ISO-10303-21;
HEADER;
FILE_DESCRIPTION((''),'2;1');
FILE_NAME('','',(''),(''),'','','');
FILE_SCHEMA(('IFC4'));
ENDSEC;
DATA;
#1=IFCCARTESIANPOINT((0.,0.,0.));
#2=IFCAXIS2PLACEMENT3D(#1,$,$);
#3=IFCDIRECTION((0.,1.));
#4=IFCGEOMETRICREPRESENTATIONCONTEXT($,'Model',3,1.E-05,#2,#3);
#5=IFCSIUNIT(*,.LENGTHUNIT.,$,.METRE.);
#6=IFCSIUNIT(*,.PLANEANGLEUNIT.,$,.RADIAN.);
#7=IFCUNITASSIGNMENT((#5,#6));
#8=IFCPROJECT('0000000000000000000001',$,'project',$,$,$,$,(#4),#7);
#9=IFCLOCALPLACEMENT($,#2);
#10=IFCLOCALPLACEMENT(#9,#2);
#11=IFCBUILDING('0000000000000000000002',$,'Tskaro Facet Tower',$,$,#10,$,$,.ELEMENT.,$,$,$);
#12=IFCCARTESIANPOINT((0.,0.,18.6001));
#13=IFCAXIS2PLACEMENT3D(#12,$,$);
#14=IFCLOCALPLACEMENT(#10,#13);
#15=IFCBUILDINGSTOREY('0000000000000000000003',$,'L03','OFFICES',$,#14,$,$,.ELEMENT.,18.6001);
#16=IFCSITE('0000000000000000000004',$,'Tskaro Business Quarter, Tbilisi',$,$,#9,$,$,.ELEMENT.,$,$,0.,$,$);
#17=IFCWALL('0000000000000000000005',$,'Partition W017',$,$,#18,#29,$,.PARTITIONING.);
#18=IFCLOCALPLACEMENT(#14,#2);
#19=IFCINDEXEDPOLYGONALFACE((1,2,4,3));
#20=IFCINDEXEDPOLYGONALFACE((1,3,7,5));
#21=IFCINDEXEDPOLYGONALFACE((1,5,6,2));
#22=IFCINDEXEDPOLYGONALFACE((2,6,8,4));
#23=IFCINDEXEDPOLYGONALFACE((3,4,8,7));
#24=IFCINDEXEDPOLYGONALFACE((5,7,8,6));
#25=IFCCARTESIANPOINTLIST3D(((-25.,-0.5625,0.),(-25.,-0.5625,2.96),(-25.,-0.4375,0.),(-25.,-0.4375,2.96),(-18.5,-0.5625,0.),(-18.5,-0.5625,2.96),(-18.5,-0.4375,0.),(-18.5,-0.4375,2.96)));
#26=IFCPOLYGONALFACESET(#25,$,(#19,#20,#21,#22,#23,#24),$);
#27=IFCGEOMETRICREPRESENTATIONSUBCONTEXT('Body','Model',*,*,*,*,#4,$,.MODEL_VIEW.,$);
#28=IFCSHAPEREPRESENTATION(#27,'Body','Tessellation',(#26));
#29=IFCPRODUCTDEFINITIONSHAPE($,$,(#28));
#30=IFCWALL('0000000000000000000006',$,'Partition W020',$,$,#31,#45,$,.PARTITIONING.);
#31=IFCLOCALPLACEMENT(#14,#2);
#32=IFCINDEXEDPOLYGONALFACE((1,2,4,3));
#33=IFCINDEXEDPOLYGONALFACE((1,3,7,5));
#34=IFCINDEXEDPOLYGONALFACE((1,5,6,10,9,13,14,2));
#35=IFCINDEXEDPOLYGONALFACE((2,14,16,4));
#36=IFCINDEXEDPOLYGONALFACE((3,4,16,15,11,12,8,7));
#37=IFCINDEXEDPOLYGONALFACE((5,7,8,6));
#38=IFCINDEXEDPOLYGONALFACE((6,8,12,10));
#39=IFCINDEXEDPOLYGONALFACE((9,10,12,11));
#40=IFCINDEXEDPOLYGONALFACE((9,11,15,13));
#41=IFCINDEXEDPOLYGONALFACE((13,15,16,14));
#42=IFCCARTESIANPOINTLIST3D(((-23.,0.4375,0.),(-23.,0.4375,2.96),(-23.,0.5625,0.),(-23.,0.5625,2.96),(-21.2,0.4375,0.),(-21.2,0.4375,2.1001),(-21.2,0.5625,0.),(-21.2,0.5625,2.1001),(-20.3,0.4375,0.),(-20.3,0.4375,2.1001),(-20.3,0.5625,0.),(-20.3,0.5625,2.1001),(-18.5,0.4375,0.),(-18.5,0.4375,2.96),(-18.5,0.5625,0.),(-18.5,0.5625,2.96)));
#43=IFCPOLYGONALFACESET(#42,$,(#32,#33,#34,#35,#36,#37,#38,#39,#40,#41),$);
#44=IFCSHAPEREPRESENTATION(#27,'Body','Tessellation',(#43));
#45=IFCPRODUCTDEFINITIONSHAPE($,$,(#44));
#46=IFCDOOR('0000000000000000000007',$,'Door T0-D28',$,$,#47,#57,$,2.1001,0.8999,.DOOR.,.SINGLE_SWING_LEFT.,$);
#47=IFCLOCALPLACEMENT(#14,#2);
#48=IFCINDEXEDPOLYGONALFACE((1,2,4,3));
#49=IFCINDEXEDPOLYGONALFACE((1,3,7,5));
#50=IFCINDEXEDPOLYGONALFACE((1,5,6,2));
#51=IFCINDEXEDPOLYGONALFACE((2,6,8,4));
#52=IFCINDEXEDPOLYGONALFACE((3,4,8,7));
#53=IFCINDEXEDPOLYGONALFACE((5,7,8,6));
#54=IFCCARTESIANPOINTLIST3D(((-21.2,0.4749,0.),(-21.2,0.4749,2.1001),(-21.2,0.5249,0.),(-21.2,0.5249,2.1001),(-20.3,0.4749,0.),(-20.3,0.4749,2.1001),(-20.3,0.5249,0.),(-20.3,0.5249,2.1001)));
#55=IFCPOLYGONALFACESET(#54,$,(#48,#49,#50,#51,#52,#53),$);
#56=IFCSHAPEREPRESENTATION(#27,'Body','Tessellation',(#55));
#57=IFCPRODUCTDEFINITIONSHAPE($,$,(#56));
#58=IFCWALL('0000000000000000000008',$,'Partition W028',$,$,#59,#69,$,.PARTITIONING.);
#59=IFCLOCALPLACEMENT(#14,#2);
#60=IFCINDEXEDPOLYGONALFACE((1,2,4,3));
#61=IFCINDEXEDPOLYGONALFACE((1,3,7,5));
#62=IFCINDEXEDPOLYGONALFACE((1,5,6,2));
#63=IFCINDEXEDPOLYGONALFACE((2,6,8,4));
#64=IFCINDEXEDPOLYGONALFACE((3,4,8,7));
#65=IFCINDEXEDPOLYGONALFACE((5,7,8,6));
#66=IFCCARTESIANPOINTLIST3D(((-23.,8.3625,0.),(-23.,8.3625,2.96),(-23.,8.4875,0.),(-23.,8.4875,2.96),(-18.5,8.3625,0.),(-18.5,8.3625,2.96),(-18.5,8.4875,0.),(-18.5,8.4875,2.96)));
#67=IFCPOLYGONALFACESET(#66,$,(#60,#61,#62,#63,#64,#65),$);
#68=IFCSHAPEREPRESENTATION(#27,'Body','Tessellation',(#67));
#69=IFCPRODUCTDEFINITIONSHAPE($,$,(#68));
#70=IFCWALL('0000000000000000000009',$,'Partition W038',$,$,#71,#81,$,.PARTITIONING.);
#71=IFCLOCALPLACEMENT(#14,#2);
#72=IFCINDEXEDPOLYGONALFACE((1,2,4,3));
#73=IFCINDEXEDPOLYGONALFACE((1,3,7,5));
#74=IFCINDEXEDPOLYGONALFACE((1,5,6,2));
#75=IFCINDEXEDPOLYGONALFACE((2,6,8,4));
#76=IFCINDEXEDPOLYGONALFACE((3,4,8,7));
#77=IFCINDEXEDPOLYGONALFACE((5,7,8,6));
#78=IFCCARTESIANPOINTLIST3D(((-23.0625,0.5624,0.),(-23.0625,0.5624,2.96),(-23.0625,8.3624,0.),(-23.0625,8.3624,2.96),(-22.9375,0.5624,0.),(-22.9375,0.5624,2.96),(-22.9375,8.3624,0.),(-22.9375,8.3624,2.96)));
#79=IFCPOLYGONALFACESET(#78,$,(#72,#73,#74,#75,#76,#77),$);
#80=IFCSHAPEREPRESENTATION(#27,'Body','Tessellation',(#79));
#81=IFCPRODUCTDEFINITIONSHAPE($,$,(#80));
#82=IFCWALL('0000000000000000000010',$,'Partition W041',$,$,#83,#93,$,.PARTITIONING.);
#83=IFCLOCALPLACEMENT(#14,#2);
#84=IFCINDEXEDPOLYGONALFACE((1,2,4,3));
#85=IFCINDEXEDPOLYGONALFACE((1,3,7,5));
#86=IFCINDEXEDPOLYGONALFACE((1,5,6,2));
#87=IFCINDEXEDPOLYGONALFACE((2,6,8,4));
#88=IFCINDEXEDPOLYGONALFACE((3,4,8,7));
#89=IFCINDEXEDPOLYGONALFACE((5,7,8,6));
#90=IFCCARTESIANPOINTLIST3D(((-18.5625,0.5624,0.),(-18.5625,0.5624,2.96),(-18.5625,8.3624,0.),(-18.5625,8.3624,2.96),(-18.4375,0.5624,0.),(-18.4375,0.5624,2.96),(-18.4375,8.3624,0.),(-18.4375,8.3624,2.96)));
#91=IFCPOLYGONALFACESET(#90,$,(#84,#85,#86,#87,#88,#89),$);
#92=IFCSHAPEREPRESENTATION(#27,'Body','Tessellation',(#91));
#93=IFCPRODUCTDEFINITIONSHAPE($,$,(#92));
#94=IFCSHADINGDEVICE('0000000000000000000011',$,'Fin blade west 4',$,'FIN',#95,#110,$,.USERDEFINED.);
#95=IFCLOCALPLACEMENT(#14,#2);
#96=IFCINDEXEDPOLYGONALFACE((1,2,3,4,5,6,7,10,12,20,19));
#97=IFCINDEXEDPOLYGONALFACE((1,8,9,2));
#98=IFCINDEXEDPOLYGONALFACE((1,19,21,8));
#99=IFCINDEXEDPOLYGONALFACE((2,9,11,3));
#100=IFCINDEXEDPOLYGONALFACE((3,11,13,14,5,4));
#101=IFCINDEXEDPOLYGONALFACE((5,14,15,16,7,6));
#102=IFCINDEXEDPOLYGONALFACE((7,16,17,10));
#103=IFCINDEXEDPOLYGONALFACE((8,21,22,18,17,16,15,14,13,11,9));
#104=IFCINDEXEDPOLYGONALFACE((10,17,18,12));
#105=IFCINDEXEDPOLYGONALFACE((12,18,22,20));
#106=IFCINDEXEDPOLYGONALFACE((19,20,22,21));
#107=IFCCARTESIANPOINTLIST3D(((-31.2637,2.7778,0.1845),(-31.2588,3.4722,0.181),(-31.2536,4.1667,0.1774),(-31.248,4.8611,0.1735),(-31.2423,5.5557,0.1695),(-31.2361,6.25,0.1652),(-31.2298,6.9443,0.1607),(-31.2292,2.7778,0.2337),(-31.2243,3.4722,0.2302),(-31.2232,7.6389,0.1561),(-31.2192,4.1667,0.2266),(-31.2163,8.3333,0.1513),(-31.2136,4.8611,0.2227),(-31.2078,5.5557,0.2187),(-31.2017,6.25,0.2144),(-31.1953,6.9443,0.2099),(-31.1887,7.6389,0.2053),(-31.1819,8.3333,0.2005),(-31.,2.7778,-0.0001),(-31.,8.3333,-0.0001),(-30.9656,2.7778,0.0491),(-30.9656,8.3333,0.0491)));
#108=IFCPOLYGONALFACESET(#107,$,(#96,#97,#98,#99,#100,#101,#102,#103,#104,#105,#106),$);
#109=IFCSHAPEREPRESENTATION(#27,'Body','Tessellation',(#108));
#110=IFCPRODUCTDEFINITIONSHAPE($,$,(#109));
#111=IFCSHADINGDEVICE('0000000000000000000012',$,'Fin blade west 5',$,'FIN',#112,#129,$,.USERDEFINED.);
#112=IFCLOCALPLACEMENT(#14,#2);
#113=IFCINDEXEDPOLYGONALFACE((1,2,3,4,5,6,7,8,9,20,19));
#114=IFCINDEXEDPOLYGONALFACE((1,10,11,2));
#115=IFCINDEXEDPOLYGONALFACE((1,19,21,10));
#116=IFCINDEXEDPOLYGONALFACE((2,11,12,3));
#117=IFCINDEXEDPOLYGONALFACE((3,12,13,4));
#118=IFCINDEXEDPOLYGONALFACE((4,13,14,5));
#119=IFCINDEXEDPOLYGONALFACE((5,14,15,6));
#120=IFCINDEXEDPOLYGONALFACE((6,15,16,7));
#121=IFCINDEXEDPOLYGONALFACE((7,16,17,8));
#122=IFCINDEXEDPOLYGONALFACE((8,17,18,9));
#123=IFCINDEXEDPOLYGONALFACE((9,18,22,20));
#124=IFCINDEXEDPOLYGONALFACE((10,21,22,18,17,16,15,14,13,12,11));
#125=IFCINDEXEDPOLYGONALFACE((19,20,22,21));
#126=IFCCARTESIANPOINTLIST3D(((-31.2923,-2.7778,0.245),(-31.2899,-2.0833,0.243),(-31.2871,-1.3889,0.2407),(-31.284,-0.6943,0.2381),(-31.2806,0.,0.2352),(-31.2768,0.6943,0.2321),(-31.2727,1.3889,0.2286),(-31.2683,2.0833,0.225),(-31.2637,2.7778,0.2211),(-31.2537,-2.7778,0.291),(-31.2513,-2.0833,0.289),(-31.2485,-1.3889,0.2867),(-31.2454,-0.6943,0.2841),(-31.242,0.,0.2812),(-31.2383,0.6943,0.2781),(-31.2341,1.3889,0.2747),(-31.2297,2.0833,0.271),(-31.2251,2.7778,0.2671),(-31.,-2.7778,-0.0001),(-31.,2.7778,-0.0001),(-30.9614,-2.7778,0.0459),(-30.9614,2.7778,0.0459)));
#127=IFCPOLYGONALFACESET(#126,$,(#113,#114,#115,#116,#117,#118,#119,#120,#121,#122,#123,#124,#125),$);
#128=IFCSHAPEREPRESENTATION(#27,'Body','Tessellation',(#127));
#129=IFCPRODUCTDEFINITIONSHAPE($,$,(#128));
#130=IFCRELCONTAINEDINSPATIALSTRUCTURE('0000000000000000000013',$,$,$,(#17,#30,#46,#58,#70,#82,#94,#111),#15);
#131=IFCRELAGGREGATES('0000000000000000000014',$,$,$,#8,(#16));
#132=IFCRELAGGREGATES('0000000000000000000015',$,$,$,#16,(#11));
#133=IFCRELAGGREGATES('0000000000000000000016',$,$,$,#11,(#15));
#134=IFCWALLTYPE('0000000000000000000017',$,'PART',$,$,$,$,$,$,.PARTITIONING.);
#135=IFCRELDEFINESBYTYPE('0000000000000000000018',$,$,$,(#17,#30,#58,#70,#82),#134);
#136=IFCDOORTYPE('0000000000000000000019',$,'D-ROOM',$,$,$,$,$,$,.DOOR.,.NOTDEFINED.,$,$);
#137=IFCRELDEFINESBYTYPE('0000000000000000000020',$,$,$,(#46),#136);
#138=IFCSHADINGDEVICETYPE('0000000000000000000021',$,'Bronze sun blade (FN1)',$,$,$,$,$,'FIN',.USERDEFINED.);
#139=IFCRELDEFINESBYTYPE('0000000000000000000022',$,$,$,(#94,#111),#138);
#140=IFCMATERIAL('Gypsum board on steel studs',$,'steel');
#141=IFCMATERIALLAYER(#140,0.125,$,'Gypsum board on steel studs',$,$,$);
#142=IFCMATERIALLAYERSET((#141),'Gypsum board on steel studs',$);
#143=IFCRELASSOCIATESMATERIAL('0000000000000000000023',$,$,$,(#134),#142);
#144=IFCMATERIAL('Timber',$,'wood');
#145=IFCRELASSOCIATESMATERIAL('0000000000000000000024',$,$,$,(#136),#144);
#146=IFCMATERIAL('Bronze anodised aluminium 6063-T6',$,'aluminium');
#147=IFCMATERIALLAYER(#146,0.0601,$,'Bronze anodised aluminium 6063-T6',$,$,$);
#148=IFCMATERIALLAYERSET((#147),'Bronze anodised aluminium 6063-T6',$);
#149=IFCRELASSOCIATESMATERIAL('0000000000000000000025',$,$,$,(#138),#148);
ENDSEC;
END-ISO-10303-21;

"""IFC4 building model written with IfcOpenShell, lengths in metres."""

from ifc_helpers import new_model, si_unit, direction, frame, frame_2d, origin, place, context, subcontext, project, spatial, polyline, rectangle, outline, extrude, material, layer, layer_set, type_object, element, fill, save


model = new_model("IFC4")

# Units and contexts
model_context = context("Model", 3, precision=1e-05, world=origin(), true_north=direction((0.0, 1.0)))
body_context = subcontext(model_context, "Body", "Model", "MODEL_VIEW")
ifc_project = project(units=[si_unit("LENGTHUNIT", "METRE"), si_unit("PLANEANGLEUNIT", "RADIAN")], contexts=[model_context])

# Site, building, storey
site_placement = place(None, origin())
site = spatial("IfcSite", under=ifc_project, at=site_placement, Name="Tskaro Business Quarter, Tbilisi", CompositionType="ELEMENT", RefElevation=0.0)
building_placement = place(site_placement, origin())
building = spatial("IfcBuilding", under=site, at=building_placement, Name="Tskaro Facet Tower", CompositionType="ELEMENT")
storey_placement = place(building_placement, frame((0.0, 0.0, 18.6001)))
storey = spatial("IfcBuildingStorey", under=building, at=storey_placement, Name="L03", Description="OFFICES", CompositionType="ELEMENT", Elevation=18.6001)

# Shared definitions
ifc_material_1 = material(Name="Bronze anodised aluminium 6063-T6", Category="aluminium")

# Wall
ifc_material_2 = material(Name="Gypsum board on steel studs", Category="steel")
ifc_layer_1 = layer(ifc_material_2, 0.125, Name="Gypsum board on steel studs")
ifc_layer_set_1 = layer_set([ifc_layer_1], Name="Gypsum board on steel studs")
wall_type = type_object("IfcWallType", Name="PART", PredefinedType="PARTITIONING", material=ifc_layer_set_1)
wall_1_placement = place(storey_placement, frame((-25.0, -0.5, 0.0), z_axis=(0.0, 0.0, 1.0), x_axis=(1.0, 0.0, 0.0)))
element("IfcWall", 1, at=wall_1_placement, inside=storey, type_object=wall_type, Name="Partition W017", PredefinedType="PARTITIONING", context=body_context, shape_type="SweptSolid", body=[
    extrude(rectangle(XDim=6.5, YDim=0.125, at=frame_2d((3.25, 0.0))), origin(), (0.0, 0.0, 1.0), 2.96),
])

# Wall, opening, door
wall_2_placement = place(storey_placement, frame((-23.0, 0.5, 0.0), z_axis=(0.0, 0.0, 1.0), x_axis=(1.0, 0.0, 0.0)))
wall_2 = element("IfcWall", 2, at=wall_2_placement, inside=storey, type_object=wall_type, Name="Partition W020", PredefinedType="PARTITIONING", context=body_context, shape_type="SweptSolid", body=[
    extrude(rectangle(XDim=4.5, YDim=0.125, at=frame_2d((2.25, 0.0))), origin(), (0.0, 0.0, 1.0), 2.96),
])
opening_placement = place(wall_2_placement, frame((1.8, 0.0, 0.0)))
opening = element("IfcOpeningElement", 3, at=opening_placement, cuts=wall_2, PredefinedType="OPENING", context=body_context, shape_type="SweptSolid", body=[
    extrude(rectangle(XDim=0.8999, YDim=2.1001, at=frame_2d((0.45, 1.05))), frame((0.0, 0.0725, 0.0), z_axis=(0.0, -1.0, 0.0), x_axis=(1.0, 0.0, 0.0)), (0.0, 0.0, 1.0), 0.145),
])
ifc_material_3 = material(Name="Timber", Category="wood")
door_type = type_object("IfcDoorType", Name="D-ROOM", OperationType="NOTDEFINED", PredefinedType="DOOR", material=ifc_material_3)
door_placement = place(opening_placement, origin())
door = element("IfcDoor", 4, at=door_placement, inside=storey, type_object=door_type, Name="Door T0-D28", OperationType="SINGLE_SWING_LEFT", OverallHeight=2.1001, OverallWidth=0.8999, PredefinedType="DOOR", context=body_context, shape_type="SweptSolid", body=[
    extrude(rectangle(XDim=0.8999, YDim=2.1001, at=frame_2d((0.45, 1.05))), frame((0.0, 0.0249, 0.0), z_axis=(0.0, -1.0, 0.0), x_axis=(1.0, 0.0, 0.0)), (0.0, 0.0, 1.0), 0.05),
])
fill(opening, door)

# Walls
wall_3_placement = place(storey_placement, frame((-23.0, 8.425, 0.0), z_axis=(0.0, 0.0, 1.0), x_axis=(1.0, 0.0, 0.0)))
element("IfcWall", 5, at=wall_3_placement, inside=storey, type_object=wall_type, Name="Partition W028", PredefinedType="PARTITIONING", context=body_context, shape_type="SweptSolid", body=[
    extrude(rectangle(XDim=4.5, YDim=0.125, at=frame_2d((2.25, 0.0))), origin(), (0.0, 0.0, 1.0), 2.96),
])
for number, where, z_axis, x_axis, name in (
    (6, (-23.0, 0.5625, 0.0), (0.0, 0.0, 1.0), (0.0, 1.0, 0.0), "Partition W038"),
    (7, (-18.5, 0.5625, 0.0), (0.0, 0.0, 1.0), (0.0, 1.0, 0.0), "Partition W041"),
):
    element("IfcWall", number, at=place(storey_placement, frame(where, z_axis=z_axis, x_axis=x_axis)), inside=storey, type_object=wall_type, Name=name, PredefinedType="PARTITIONING", context=body_context, shape_type="SweptSolid", body=[
        extrude(rectangle(XDim=7.8, YDim=0.125, at=frame_2d((3.8999, 0.0))), origin(), (0.0, 0.0, 1.0), 2.96),
    ])

# Shading devices
ifc_layer_2 = layer(ifc_material_1, 0.0601, Name="Bronze anodised aluminium 6063-T6")
ifc_layer_set_2 = layer_set([ifc_layer_2], Name="Bronze anodised aluminium 6063-T6")
shading_device_type = type_object("IfcShadingDeviceType", Name="Bronze sun blade (FN1)", ElementType="FIN", PredefinedType="USERDEFINED", material=ifc_layer_set_2)
shading_device_1_placement = place(storey_placement, frame((-30.9656, 8.3333, 0.0491), z_axis=(0.573504, 0.000003, 0.819203), x_axis=(0.000002, -1.0, 0.000002)))
element("IfcShadingDevice", 8, at=shading_device_1_placement, inside=storey, type_object=shading_device_type, Name="Fin blade west 4", ObjectType="FIN", PredefinedType="USERDEFINED", context=body_context, shape_type="SweptSolid", body=[
    extrude(outline(polyline([(0.0, 0.0), (5.5554, 0.0), (5.5554, -0.3219), (4.8611, -0.3159), (4.1665, -0.3096), (3.4722, -0.3028), (2.7776, -0.2957), (2.0833, -0.2882), (1.3889, -0.2805), (0.6943, -0.2724), (0.0, -0.264), (0.0, 0.0)])), origin(), (0.0, 0.0, -1.0), 0.0601),
])
shading_device_2_placement = place(storey_placement, frame((-30.9614, 2.7778, 0.0459), z_axis=(0.642685, -0.000003, 0.76613), x_axis=(-0.000002, -1.0, -0.000002)))
element("IfcShadingDevice", 9, at=shading_device_2_placement, inside=storey, type_object=shading_device_type, Name="Fin blade west 5", ObjectType="FIN", PredefinedType="USERDEFINED", context=body_context, shape_type="SweptSolid", body=[
    extrude(outline(polyline([(0.0, 0.0), (5.5557, 0.0), (5.5557, -0.3814), (4.8611, -0.3783), (4.1667, -0.3747), (3.4722, -0.3707), (2.7778, -0.3662), (2.0835, -0.3613), (1.3889, -0.3559), (0.6946, -0.3502), (0.0, -0.3442), (0.0, 0.0)])), origin(), (0.0, 0.0, -1.0), 0.0601),
])

save(model, "model.ifc")
